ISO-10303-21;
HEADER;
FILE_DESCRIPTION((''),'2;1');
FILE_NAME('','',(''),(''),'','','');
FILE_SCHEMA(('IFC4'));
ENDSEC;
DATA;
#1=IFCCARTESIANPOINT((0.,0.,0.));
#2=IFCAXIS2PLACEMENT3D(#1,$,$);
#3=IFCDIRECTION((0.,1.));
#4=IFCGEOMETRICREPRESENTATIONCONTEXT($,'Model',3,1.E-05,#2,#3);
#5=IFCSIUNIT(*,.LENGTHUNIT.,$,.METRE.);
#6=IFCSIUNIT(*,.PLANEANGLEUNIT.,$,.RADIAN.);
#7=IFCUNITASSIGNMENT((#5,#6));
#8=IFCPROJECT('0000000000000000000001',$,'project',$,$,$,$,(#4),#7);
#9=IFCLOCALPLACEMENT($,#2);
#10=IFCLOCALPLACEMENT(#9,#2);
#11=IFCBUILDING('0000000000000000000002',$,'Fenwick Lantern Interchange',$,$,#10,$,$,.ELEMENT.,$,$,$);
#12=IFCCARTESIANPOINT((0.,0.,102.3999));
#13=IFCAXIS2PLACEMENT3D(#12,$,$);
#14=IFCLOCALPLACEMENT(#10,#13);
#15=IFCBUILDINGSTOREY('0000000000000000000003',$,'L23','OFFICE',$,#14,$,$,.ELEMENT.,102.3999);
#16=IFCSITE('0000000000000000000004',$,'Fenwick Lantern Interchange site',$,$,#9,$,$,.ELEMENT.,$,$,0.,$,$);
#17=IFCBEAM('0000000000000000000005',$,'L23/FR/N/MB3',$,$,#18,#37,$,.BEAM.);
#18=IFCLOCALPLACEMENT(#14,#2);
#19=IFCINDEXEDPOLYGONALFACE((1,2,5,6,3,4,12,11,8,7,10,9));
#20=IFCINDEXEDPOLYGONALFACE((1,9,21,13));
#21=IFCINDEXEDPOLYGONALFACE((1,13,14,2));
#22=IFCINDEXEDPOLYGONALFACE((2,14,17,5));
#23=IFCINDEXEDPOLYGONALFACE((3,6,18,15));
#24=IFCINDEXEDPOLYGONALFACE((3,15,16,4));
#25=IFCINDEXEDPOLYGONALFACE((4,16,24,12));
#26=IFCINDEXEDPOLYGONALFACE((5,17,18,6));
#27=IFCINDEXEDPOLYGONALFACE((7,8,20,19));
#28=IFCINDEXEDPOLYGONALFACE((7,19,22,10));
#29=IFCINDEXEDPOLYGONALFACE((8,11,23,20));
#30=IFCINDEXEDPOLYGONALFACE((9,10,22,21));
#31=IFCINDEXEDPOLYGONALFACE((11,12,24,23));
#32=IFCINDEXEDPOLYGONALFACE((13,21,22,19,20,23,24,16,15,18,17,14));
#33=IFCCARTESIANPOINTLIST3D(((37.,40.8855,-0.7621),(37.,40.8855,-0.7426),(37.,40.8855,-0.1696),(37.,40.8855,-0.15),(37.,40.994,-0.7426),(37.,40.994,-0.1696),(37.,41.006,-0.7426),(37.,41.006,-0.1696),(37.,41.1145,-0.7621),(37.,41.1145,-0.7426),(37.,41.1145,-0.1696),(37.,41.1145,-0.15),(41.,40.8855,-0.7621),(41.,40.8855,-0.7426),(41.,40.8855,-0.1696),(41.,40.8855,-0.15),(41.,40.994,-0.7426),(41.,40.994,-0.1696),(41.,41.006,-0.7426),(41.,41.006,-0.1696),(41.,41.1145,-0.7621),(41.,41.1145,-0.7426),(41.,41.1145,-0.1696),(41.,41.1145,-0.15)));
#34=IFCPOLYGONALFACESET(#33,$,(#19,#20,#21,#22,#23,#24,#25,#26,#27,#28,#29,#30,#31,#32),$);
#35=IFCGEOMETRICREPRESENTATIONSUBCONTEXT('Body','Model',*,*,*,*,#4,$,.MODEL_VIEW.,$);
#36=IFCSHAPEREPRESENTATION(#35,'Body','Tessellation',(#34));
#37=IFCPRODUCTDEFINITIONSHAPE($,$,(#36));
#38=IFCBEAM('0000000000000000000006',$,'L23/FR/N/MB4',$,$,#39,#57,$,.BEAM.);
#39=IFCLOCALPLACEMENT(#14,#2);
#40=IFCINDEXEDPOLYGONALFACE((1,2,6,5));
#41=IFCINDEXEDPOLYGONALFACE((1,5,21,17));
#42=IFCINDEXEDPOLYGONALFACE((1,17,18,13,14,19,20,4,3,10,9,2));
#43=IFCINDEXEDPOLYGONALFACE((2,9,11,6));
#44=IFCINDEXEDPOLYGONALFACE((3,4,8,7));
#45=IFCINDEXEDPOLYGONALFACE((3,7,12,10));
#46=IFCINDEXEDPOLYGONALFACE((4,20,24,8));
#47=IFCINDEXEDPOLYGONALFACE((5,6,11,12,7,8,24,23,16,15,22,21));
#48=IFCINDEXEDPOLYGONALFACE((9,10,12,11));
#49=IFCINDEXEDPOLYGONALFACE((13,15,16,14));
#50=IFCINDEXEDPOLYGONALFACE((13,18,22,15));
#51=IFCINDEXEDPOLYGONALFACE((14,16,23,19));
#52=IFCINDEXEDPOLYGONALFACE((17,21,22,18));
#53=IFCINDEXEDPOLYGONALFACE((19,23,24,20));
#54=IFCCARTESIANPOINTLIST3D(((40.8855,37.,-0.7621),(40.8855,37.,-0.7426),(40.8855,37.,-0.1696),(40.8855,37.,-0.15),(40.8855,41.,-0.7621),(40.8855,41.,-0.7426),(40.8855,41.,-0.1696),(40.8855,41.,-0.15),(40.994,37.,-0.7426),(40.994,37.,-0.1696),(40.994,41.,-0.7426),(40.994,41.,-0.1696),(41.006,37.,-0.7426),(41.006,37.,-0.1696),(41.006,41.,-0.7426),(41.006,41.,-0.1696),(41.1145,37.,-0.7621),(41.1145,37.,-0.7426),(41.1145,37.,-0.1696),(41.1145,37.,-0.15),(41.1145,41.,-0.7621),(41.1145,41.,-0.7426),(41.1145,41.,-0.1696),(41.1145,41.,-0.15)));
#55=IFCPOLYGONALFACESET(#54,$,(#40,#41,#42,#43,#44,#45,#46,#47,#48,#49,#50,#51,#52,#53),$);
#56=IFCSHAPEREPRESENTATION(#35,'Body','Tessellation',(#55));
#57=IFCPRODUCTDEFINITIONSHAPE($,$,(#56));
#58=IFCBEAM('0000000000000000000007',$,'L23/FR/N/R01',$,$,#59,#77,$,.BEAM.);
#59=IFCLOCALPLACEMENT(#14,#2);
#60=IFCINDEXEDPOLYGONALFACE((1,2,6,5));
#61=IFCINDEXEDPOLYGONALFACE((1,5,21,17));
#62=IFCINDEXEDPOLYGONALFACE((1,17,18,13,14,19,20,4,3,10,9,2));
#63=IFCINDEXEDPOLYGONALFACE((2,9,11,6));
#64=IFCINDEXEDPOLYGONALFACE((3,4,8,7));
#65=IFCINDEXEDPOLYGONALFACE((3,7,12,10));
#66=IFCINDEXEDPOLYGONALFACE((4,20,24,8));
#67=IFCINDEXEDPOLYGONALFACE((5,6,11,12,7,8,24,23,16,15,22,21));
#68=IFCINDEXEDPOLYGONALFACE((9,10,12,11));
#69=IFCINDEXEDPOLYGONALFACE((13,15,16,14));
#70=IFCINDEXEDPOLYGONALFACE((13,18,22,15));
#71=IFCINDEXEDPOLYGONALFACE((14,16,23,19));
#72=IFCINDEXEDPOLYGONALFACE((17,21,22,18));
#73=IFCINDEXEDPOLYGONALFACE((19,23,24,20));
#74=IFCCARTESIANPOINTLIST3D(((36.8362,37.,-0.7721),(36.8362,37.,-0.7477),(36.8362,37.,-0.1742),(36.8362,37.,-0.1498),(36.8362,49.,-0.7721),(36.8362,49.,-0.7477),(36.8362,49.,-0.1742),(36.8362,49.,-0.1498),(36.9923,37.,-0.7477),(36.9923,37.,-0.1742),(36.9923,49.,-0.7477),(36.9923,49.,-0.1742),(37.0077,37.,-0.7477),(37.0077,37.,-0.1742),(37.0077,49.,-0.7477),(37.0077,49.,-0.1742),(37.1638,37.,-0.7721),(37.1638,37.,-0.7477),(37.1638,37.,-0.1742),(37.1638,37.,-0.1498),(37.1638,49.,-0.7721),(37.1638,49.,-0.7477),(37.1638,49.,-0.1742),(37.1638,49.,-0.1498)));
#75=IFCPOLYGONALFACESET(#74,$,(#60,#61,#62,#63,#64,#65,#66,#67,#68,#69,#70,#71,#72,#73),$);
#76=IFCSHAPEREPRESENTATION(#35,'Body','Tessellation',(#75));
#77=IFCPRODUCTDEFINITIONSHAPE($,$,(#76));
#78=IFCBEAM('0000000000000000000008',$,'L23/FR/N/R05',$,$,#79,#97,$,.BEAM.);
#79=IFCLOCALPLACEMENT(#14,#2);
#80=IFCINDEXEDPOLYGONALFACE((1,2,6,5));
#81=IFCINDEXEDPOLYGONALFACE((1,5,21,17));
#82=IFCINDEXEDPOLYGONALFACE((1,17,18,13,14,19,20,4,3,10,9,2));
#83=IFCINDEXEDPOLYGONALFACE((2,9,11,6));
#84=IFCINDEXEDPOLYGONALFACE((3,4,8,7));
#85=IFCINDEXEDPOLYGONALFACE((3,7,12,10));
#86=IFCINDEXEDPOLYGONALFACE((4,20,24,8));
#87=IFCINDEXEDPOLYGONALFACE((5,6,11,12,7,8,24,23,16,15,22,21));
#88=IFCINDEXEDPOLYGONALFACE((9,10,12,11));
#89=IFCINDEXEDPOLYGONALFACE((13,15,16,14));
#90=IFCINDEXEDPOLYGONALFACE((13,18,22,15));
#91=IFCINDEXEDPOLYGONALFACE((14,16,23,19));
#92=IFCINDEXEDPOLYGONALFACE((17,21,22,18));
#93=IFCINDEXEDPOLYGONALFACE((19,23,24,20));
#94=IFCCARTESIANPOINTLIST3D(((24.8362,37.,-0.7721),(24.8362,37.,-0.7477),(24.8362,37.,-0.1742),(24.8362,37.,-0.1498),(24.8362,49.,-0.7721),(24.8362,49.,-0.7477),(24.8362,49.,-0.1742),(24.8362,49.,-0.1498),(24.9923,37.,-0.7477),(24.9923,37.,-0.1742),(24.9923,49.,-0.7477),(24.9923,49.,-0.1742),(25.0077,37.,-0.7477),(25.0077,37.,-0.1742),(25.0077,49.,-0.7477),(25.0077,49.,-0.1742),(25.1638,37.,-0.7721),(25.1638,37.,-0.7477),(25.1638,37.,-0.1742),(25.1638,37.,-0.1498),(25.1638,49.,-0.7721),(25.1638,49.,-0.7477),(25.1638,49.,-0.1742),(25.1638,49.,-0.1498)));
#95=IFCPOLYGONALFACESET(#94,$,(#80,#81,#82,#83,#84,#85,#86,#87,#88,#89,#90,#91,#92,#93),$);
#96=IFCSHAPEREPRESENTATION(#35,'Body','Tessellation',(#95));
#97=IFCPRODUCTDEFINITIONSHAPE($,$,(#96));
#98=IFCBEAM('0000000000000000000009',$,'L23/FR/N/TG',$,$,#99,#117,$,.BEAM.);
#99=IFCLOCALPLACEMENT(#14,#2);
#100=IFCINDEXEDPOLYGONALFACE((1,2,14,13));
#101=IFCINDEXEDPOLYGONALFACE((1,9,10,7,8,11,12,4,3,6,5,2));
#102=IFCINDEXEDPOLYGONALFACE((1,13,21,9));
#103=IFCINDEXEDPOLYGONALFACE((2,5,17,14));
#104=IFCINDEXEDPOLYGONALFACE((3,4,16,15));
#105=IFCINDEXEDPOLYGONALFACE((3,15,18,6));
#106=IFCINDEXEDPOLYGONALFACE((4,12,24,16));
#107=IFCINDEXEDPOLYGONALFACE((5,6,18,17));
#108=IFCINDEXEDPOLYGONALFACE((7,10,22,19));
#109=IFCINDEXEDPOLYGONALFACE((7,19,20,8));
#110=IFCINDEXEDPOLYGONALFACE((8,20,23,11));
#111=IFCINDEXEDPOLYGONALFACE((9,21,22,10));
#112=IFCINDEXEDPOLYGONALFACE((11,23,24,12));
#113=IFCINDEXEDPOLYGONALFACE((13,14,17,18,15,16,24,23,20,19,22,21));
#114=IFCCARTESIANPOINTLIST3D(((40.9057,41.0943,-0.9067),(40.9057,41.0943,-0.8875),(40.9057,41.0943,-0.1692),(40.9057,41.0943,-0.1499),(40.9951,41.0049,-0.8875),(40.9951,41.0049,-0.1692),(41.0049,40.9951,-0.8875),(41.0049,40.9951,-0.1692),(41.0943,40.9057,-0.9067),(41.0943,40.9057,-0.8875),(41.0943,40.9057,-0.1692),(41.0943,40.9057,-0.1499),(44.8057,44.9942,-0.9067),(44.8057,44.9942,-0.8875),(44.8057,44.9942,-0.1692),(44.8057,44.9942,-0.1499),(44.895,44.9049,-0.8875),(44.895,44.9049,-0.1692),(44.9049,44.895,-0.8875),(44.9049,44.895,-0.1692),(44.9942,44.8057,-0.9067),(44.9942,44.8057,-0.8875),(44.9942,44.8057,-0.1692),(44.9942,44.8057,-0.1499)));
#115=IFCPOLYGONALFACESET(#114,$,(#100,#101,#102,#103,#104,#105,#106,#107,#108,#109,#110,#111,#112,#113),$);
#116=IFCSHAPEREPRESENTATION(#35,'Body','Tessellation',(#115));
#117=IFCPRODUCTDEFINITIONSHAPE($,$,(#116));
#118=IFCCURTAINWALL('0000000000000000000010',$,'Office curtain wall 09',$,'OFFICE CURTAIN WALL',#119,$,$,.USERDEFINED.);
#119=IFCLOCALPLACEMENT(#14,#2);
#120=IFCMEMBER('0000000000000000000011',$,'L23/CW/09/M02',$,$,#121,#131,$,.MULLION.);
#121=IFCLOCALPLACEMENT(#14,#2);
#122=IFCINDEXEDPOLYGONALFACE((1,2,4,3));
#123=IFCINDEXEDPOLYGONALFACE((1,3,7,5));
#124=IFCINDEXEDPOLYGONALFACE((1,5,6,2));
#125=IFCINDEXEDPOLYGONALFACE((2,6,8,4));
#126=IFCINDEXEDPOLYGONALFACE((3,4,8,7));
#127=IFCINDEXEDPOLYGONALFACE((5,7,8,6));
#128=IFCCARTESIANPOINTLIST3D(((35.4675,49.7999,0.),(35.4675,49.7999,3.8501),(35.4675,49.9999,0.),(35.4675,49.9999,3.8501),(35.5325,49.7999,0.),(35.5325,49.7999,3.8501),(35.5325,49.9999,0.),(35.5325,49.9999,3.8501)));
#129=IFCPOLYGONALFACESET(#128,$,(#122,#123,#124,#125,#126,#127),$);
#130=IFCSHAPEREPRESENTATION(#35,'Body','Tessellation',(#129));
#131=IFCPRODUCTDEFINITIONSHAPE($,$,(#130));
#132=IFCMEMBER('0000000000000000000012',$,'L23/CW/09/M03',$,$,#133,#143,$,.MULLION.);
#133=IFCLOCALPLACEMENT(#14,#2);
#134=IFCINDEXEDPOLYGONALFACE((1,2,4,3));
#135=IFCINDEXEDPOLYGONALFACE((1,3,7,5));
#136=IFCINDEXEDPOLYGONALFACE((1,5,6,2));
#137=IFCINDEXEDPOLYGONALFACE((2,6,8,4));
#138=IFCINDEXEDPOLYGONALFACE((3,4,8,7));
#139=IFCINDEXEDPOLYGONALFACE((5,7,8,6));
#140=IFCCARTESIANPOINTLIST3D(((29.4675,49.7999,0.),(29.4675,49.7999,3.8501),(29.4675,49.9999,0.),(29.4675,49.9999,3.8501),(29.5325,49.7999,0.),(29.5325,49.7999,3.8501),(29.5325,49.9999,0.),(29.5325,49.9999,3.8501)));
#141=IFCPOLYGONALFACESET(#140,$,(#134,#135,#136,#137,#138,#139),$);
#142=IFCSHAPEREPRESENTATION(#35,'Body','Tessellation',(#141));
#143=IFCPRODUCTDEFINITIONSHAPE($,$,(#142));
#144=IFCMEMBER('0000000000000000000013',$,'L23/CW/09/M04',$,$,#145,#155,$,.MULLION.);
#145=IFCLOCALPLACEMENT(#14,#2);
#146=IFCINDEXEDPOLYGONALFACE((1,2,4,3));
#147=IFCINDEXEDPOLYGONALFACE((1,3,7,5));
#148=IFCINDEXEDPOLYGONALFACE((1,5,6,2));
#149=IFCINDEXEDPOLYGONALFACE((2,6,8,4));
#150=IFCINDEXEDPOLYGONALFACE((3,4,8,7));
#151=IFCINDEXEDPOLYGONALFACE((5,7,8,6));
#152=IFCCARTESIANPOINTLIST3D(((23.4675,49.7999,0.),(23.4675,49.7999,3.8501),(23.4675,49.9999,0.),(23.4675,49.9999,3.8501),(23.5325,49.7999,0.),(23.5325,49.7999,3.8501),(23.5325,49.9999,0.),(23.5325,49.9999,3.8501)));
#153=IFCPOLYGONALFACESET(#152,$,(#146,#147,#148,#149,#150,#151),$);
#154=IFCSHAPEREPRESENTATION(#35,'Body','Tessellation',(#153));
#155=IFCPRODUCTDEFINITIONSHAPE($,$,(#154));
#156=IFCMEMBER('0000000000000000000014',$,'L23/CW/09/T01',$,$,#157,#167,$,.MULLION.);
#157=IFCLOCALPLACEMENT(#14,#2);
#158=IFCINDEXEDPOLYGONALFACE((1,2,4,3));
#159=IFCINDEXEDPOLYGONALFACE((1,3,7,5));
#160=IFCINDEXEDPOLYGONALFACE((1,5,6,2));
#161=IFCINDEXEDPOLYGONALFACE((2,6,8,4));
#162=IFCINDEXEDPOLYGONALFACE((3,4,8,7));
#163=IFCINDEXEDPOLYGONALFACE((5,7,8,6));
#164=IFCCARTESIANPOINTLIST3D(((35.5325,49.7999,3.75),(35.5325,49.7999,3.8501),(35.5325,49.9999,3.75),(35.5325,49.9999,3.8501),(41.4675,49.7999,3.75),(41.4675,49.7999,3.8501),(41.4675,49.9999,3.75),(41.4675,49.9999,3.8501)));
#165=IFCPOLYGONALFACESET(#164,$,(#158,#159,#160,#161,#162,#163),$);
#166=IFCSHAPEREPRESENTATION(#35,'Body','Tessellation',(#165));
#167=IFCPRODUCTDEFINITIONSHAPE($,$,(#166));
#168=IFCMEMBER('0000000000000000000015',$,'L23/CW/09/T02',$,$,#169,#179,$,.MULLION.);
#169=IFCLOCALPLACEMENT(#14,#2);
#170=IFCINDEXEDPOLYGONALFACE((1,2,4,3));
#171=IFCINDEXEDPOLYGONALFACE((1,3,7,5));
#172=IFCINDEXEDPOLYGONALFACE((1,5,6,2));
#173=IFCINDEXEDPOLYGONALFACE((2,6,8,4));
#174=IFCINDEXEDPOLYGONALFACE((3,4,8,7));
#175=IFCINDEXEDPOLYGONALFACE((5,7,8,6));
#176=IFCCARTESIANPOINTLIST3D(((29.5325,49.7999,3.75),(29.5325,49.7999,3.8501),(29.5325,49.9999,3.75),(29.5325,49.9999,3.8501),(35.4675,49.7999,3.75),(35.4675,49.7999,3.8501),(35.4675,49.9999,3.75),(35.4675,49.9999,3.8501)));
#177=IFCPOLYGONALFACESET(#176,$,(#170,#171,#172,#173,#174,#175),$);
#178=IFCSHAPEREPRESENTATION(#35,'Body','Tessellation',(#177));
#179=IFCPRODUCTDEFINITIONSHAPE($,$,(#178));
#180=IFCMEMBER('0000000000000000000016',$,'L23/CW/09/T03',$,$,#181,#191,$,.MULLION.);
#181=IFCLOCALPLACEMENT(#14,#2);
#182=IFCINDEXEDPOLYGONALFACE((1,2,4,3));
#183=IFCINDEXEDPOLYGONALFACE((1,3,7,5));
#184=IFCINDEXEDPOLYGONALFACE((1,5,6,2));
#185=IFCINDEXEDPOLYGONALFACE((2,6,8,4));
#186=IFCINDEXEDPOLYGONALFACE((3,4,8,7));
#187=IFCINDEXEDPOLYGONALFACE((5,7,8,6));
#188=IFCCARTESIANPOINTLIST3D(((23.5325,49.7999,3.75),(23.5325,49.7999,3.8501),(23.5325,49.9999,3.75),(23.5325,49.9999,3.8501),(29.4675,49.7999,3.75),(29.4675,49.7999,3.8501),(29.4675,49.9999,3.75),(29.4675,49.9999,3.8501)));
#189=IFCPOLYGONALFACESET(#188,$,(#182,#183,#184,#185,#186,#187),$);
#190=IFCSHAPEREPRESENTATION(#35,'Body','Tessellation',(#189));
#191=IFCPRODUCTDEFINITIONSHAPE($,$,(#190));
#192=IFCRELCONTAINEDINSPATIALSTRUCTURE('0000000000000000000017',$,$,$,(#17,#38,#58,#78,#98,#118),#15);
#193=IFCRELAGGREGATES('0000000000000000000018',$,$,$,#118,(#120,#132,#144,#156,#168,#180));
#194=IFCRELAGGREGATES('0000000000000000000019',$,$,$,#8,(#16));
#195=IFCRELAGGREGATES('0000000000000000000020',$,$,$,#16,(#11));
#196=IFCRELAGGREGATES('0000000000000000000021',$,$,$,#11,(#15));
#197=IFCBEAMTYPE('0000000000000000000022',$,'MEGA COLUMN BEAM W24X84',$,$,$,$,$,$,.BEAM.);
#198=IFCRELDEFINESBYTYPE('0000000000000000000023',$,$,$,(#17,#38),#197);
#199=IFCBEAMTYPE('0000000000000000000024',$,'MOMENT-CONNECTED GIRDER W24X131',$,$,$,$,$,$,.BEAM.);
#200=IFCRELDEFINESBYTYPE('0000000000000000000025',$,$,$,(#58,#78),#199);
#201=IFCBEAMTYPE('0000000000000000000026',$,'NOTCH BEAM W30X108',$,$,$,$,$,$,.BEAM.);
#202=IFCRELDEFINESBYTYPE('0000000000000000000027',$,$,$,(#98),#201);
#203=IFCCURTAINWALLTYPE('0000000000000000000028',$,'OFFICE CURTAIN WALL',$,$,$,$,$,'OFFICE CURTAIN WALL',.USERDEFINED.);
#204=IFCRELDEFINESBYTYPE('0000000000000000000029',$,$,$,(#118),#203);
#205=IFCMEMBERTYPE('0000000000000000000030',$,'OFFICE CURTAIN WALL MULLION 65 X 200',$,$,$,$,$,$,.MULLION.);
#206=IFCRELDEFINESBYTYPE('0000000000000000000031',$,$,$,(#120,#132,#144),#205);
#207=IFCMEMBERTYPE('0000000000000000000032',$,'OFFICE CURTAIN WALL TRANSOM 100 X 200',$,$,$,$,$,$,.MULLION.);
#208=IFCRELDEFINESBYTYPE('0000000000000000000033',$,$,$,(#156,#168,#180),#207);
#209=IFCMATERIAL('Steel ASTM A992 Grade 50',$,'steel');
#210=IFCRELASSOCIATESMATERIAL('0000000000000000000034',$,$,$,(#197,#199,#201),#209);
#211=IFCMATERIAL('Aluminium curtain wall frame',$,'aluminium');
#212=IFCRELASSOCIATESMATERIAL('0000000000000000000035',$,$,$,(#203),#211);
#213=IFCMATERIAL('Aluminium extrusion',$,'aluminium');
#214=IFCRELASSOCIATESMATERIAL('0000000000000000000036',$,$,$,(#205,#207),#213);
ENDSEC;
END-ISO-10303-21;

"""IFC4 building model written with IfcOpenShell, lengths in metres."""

from ifc_helpers import new_model, si_unit, direction, frame, origin, origin_2d, place, context, subcontext, project, spatial, rectangle, i_section, extrude, material, material_profile, profile_set, type_object, element, aggregate, save


model = new_model("IFC4")

# Units and contexts
model_context = context("Model", 3, precision=1e-05, world=origin(), true_north=direction((0.0, 1.0)))
body_context = subcontext(model_context, "Body", "Model", "MODEL_VIEW")
ifc_project = project(units=[si_unit("LENGTHUNIT", "METRE"), si_unit("PLANEANGLEUNIT", "RADIAN")], contexts=[model_context])

# Site, building, storey
site_placement = place(None, origin())
site = spatial("IfcSite", under=ifc_project, at=site_placement, Name="Fenwick Lantern Interchange site", CompositionType="ELEMENT", RefElevation=0.0)
building_placement = place(site_placement, origin())
building = spatial("IfcBuilding", under=site, at=building_placement, Name="Fenwick Lantern Interchange", CompositionType="ELEMENT")
storey_placement = place(building_placement, frame((0.0, 0.0, 102.3999)))
storey = spatial("IfcBuildingStorey", under=building, at=storey_placement, Name="L23", Description="OFFICE", CompositionType="ELEMENT", Elevation=102.3999)

# Beams
ifc_material_1 = material(Name="Steel ASTM A992 Grade 50", Category="steel")
ifc_material_profile_1 = material_profile(ifc_material_1, i_section(OverallWidth=0.229, OverallDepth=0.6121, WebThickness=0.012, FlangeThickness=0.0195, at=origin_2d()), Name="W24X84")
ifc_profile_set_1 = profile_set([ifc_material_profile_1], Name="Steel ASTM A992 Grade 50")
beam_type_1 = type_object("IfcBeamType", Name="MEGA COLUMN BEAM W24X84", PredefinedType="BEAM", material=ifc_profile_set_1)
for number, where, z_axis, x_axis, name in (
    (1, (41.0, 41.0, -0.4561), (-1.0, 0.0, 0.0), (0.0, -1.0, 0.0), "L23/FR/N/MB3"),
    (2, (41.0, 41.0, -0.4561), (0.0, -1.0, 0.0), (1.0, 0.0, 0.0), "L23/FR/N/MB4"),
):
    element("IfcBeam", number, at=place(storey_placement, frame(where, z_axis=z_axis, x_axis=x_axis)), inside=storey, type_object=beam_type_1, Name=name, PredefinedType="BEAM", context=body_context, shape_type="SweptSolid", body=[
        extrude(i_section(OverallWidth=0.229, OverallDepth=0.6121, WebThickness=0.012, FlangeThickness=0.0195, at=origin_2d()), origin(), (0.0, 0.0, 1.0), 4.0),
    ])
ifc_material_profile_2 = material_profile(ifc_material_1, i_section(OverallWidth=0.3276, OverallDepth=0.6223, WebThickness=0.0154, FlangeThickness=0.0244, at=origin_2d()), Name="W24X131")
ifc_profile_set_2 = profile_set([ifc_material_profile_2], Name="Steel ASTM A992 Grade 50")
beam_type_2 = type_object("IfcBeamType", Name="MOMENT-CONNECTED GIRDER W24X131", PredefinedType="BEAM", material=ifc_profile_set_2)
for number, where, z_axis, x_axis, name in (
    (3, (37.0, 49.0, -0.4609), (0.0, -1.0, 0.0), (1.0, 0.0, 0.0), "L23/FR/N/R01"),
    (4, (25.0, 49.0, -0.4609), (0.0, -1.0, 0.0), (1.0, 0.0, 0.0), "L23/FR/N/R05"),
):
    element("IfcBeam", number, at=place(storey_placement, frame(where, z_axis=z_axis, x_axis=x_axis)), inside=storey, type_object=beam_type_2, Name=name, PredefinedType="BEAM", context=body_context, shape_type="SweptSolid", body=[
        extrude(i_section(OverallWidth=0.3276, OverallDepth=0.6223, WebThickness=0.0154, FlangeThickness=0.0244, at=origin_2d()), origin(), (0.0, 0.0, 1.0), 12.0),
    ])
ifc_material_profile_3 = material_profile(ifc_material_1, i_section(OverallWidth=0.2666, OverallDepth=0.7568, WebThickness=0.0139, FlangeThickness=0.0193, at=origin_2d()), Name="W30X108")
ifc_profile_set_3 = profile_set([ifc_material_profile_3], Name="Steel ASTM A992 Grade 50")
beam_type_3 = type_object("IfcBeamType", Name="NOTCH BEAM W30X108", PredefinedType="BEAM", material=ifc_profile_set_3)
beam_1_placement = place(storey_placement, frame((41.0, 41.0, -0.5283), z_axis=(0.707107, 0.707107, 0.0), x_axis=(-0.707107, 0.707107, 0.0)))
element("IfcBeam", 5, at=beam_1_placement, inside=storey, type_object=beam_type_3, Name="L23/FR/N/TG", PredefinedType="BEAM", context=body_context, shape_type="SweptSolid", body=[
    extrude(i_section(OverallWidth=0.2666, OverallDepth=0.7568, WebThickness=0.0139, FlangeThickness=0.0193, at=origin_2d()), origin(), (0.0, 0.0, 1.0), 5.5154),
])

# Curtain wall, members
ifc_material_2 = material(Name="Aluminium curtain wall frame", Category="aluminium")
curtain_wall_type = type_object("IfcCurtainWallType", Name="OFFICE CURTAIN WALL", ElementType="OFFICE CURTAIN WALL", PredefinedType="USERDEFINED", material=ifc_material_2)
curtain_wall_placement = place(storey_placement, origin())
curtain_wall = element("IfcCurtainWall", 6, at=curtain_wall_placement, inside=storey, type_object=curtain_wall_type, Name="Office curtain wall 09", ObjectType="OFFICE CURTAIN WALL", PredefinedType="USERDEFINED")
ifc_material_3 = material(Name="Aluminium extrusion", Category="aluminium")
ifc_material_profile_4 = material_profile(ifc_material_3, rectangle(XDim=0.2, YDim=0.0649, at=origin_2d()), Name="OFFICE CURTAIN WALL MULLION 65 X 200")
ifc_profile_set_4 = profile_set([ifc_material_profile_4], Name="Aluminium extrusion")
member_type_1 = type_object("IfcMemberType", Name="OFFICE CURTAIN WALL MULLION 65 X 200", PredefinedType="MULLION", material=ifc_profile_set_4)
member_1_placement = place(storey_placement, frame((35.5, 49.8999, 0.0), z_axis=(0.0, 0.0, 1.0), x_axis=(0.0, -1.0, 0.0)))
member_1 = element("IfcMember", 7, at=member_1_placement, type_object=member_type_1, Name="L23/CW/09/M02", PredefinedType="MULLION", context=body_context, shape_type="SweptSolid", body=[
    extrude(rectangle(XDim=0.2, YDim=0.0649, at=origin_2d()), origin(), (0.0, 0.0, 1.0), 3.8501),
])
member_2_placement = place(storey_placement, frame((29.5, 49.8999, 0.0), z_axis=(0.0, 0.0, 1.0), x_axis=(0.0, -1.0, 0.0)))
member_2 = element("IfcMember", 8, at=member_2_placement, type_object=member_type_1, Name="L23/CW/09/M03", PredefinedType="MULLION", context=body_context, shape_type="SweptSolid", body=[
    extrude(rectangle(XDim=0.2, YDim=0.0649, at=origin_2d()), origin(), (0.0, 0.0, 1.0), 3.8501),
])
member_3_placement = place(storey_placement, frame((23.5, 49.8999, 0.0), z_axis=(0.0, 0.0, 1.0), x_axis=(0.0, -1.0, 0.0)))
member_3 = element("IfcMember", 9, at=member_3_placement, type_object=member_type_1, Name="L23/CW/09/M04", PredefinedType="MULLION", context=body_context, shape_type="SweptSolid", body=[
    extrude(rectangle(XDim=0.2, YDim=0.0649, at=origin_2d()), origin(), (0.0, 0.0, 1.0), 3.8501),
])
ifc_material_profile_5 = material_profile(ifc_material_3, rectangle(XDim=0.2, YDim=0.1001, at=origin_2d()), Name="OFFICE CURTAIN WALL TRANSOM 100 X 200")
ifc_profile_set_5 = profile_set([ifc_material_profile_5], Name="Aluminium extrusion")
member_type_2 = type_object("IfcMemberType", Name="OFFICE CURTAIN WALL TRANSOM 100 X 200", PredefinedType="MULLION", material=ifc_profile_set_5)
member_4_placement = place(storey_placement, frame((41.4675, 49.8999, 3.8), z_axis=(-1.0, 0.0, 0.0), x_axis=(0.0, -1.0, 0.0)))
member_4 = element("IfcMember", 10, at=member_4_placement, type_object=member_type_2, Name="L23/CW/09/T01", PredefinedType="MULLION", context=body_context, shape_type="SweptSolid", body=[
    extrude(rectangle(XDim=0.2, YDim=0.1001, at=origin_2d()), origin(), (0.0, 0.0, 1.0), 5.9351),
])
member_5_placement = place(storey_placement, frame((35.4675, 49.8999, 3.8), z_axis=(-1.0, 0.0, 0.0), x_axis=(0.0, -1.0, 0.0)))
member_5 = element("IfcMember", 11, at=member_5_placement, type_object=member_type_2, Name="L23/CW/09/T02", PredefinedType="MULLION", context=body_context, shape_type="SweptSolid", body=[
    extrude(rectangle(XDim=0.2, YDim=0.1001, at=origin_2d()), origin(), (0.0, 0.0, 1.0), 5.9351),
])
member_6_placement = place(storey_placement, frame((29.4675, 49.8999, 3.8), z_axis=(-1.0, 0.0, 0.0), x_axis=(0.0, -1.0, 0.0)))
member_6 = element("IfcMember", 12, at=member_6_placement, type_object=member_type_2, Name="L23/CW/09/T03", PredefinedType="MULLION", context=body_context, shape_type="SweptSolid", body=[
    extrude(rectangle(XDim=0.2, YDim=0.1001, at=origin_2d()), origin(), (0.0, 0.0, 1.0), 5.9351),
])
aggregate(curtain_wall, [member_1, member_2, member_3, member_4, member_5, member_6])

save(model, "model.ifc")
